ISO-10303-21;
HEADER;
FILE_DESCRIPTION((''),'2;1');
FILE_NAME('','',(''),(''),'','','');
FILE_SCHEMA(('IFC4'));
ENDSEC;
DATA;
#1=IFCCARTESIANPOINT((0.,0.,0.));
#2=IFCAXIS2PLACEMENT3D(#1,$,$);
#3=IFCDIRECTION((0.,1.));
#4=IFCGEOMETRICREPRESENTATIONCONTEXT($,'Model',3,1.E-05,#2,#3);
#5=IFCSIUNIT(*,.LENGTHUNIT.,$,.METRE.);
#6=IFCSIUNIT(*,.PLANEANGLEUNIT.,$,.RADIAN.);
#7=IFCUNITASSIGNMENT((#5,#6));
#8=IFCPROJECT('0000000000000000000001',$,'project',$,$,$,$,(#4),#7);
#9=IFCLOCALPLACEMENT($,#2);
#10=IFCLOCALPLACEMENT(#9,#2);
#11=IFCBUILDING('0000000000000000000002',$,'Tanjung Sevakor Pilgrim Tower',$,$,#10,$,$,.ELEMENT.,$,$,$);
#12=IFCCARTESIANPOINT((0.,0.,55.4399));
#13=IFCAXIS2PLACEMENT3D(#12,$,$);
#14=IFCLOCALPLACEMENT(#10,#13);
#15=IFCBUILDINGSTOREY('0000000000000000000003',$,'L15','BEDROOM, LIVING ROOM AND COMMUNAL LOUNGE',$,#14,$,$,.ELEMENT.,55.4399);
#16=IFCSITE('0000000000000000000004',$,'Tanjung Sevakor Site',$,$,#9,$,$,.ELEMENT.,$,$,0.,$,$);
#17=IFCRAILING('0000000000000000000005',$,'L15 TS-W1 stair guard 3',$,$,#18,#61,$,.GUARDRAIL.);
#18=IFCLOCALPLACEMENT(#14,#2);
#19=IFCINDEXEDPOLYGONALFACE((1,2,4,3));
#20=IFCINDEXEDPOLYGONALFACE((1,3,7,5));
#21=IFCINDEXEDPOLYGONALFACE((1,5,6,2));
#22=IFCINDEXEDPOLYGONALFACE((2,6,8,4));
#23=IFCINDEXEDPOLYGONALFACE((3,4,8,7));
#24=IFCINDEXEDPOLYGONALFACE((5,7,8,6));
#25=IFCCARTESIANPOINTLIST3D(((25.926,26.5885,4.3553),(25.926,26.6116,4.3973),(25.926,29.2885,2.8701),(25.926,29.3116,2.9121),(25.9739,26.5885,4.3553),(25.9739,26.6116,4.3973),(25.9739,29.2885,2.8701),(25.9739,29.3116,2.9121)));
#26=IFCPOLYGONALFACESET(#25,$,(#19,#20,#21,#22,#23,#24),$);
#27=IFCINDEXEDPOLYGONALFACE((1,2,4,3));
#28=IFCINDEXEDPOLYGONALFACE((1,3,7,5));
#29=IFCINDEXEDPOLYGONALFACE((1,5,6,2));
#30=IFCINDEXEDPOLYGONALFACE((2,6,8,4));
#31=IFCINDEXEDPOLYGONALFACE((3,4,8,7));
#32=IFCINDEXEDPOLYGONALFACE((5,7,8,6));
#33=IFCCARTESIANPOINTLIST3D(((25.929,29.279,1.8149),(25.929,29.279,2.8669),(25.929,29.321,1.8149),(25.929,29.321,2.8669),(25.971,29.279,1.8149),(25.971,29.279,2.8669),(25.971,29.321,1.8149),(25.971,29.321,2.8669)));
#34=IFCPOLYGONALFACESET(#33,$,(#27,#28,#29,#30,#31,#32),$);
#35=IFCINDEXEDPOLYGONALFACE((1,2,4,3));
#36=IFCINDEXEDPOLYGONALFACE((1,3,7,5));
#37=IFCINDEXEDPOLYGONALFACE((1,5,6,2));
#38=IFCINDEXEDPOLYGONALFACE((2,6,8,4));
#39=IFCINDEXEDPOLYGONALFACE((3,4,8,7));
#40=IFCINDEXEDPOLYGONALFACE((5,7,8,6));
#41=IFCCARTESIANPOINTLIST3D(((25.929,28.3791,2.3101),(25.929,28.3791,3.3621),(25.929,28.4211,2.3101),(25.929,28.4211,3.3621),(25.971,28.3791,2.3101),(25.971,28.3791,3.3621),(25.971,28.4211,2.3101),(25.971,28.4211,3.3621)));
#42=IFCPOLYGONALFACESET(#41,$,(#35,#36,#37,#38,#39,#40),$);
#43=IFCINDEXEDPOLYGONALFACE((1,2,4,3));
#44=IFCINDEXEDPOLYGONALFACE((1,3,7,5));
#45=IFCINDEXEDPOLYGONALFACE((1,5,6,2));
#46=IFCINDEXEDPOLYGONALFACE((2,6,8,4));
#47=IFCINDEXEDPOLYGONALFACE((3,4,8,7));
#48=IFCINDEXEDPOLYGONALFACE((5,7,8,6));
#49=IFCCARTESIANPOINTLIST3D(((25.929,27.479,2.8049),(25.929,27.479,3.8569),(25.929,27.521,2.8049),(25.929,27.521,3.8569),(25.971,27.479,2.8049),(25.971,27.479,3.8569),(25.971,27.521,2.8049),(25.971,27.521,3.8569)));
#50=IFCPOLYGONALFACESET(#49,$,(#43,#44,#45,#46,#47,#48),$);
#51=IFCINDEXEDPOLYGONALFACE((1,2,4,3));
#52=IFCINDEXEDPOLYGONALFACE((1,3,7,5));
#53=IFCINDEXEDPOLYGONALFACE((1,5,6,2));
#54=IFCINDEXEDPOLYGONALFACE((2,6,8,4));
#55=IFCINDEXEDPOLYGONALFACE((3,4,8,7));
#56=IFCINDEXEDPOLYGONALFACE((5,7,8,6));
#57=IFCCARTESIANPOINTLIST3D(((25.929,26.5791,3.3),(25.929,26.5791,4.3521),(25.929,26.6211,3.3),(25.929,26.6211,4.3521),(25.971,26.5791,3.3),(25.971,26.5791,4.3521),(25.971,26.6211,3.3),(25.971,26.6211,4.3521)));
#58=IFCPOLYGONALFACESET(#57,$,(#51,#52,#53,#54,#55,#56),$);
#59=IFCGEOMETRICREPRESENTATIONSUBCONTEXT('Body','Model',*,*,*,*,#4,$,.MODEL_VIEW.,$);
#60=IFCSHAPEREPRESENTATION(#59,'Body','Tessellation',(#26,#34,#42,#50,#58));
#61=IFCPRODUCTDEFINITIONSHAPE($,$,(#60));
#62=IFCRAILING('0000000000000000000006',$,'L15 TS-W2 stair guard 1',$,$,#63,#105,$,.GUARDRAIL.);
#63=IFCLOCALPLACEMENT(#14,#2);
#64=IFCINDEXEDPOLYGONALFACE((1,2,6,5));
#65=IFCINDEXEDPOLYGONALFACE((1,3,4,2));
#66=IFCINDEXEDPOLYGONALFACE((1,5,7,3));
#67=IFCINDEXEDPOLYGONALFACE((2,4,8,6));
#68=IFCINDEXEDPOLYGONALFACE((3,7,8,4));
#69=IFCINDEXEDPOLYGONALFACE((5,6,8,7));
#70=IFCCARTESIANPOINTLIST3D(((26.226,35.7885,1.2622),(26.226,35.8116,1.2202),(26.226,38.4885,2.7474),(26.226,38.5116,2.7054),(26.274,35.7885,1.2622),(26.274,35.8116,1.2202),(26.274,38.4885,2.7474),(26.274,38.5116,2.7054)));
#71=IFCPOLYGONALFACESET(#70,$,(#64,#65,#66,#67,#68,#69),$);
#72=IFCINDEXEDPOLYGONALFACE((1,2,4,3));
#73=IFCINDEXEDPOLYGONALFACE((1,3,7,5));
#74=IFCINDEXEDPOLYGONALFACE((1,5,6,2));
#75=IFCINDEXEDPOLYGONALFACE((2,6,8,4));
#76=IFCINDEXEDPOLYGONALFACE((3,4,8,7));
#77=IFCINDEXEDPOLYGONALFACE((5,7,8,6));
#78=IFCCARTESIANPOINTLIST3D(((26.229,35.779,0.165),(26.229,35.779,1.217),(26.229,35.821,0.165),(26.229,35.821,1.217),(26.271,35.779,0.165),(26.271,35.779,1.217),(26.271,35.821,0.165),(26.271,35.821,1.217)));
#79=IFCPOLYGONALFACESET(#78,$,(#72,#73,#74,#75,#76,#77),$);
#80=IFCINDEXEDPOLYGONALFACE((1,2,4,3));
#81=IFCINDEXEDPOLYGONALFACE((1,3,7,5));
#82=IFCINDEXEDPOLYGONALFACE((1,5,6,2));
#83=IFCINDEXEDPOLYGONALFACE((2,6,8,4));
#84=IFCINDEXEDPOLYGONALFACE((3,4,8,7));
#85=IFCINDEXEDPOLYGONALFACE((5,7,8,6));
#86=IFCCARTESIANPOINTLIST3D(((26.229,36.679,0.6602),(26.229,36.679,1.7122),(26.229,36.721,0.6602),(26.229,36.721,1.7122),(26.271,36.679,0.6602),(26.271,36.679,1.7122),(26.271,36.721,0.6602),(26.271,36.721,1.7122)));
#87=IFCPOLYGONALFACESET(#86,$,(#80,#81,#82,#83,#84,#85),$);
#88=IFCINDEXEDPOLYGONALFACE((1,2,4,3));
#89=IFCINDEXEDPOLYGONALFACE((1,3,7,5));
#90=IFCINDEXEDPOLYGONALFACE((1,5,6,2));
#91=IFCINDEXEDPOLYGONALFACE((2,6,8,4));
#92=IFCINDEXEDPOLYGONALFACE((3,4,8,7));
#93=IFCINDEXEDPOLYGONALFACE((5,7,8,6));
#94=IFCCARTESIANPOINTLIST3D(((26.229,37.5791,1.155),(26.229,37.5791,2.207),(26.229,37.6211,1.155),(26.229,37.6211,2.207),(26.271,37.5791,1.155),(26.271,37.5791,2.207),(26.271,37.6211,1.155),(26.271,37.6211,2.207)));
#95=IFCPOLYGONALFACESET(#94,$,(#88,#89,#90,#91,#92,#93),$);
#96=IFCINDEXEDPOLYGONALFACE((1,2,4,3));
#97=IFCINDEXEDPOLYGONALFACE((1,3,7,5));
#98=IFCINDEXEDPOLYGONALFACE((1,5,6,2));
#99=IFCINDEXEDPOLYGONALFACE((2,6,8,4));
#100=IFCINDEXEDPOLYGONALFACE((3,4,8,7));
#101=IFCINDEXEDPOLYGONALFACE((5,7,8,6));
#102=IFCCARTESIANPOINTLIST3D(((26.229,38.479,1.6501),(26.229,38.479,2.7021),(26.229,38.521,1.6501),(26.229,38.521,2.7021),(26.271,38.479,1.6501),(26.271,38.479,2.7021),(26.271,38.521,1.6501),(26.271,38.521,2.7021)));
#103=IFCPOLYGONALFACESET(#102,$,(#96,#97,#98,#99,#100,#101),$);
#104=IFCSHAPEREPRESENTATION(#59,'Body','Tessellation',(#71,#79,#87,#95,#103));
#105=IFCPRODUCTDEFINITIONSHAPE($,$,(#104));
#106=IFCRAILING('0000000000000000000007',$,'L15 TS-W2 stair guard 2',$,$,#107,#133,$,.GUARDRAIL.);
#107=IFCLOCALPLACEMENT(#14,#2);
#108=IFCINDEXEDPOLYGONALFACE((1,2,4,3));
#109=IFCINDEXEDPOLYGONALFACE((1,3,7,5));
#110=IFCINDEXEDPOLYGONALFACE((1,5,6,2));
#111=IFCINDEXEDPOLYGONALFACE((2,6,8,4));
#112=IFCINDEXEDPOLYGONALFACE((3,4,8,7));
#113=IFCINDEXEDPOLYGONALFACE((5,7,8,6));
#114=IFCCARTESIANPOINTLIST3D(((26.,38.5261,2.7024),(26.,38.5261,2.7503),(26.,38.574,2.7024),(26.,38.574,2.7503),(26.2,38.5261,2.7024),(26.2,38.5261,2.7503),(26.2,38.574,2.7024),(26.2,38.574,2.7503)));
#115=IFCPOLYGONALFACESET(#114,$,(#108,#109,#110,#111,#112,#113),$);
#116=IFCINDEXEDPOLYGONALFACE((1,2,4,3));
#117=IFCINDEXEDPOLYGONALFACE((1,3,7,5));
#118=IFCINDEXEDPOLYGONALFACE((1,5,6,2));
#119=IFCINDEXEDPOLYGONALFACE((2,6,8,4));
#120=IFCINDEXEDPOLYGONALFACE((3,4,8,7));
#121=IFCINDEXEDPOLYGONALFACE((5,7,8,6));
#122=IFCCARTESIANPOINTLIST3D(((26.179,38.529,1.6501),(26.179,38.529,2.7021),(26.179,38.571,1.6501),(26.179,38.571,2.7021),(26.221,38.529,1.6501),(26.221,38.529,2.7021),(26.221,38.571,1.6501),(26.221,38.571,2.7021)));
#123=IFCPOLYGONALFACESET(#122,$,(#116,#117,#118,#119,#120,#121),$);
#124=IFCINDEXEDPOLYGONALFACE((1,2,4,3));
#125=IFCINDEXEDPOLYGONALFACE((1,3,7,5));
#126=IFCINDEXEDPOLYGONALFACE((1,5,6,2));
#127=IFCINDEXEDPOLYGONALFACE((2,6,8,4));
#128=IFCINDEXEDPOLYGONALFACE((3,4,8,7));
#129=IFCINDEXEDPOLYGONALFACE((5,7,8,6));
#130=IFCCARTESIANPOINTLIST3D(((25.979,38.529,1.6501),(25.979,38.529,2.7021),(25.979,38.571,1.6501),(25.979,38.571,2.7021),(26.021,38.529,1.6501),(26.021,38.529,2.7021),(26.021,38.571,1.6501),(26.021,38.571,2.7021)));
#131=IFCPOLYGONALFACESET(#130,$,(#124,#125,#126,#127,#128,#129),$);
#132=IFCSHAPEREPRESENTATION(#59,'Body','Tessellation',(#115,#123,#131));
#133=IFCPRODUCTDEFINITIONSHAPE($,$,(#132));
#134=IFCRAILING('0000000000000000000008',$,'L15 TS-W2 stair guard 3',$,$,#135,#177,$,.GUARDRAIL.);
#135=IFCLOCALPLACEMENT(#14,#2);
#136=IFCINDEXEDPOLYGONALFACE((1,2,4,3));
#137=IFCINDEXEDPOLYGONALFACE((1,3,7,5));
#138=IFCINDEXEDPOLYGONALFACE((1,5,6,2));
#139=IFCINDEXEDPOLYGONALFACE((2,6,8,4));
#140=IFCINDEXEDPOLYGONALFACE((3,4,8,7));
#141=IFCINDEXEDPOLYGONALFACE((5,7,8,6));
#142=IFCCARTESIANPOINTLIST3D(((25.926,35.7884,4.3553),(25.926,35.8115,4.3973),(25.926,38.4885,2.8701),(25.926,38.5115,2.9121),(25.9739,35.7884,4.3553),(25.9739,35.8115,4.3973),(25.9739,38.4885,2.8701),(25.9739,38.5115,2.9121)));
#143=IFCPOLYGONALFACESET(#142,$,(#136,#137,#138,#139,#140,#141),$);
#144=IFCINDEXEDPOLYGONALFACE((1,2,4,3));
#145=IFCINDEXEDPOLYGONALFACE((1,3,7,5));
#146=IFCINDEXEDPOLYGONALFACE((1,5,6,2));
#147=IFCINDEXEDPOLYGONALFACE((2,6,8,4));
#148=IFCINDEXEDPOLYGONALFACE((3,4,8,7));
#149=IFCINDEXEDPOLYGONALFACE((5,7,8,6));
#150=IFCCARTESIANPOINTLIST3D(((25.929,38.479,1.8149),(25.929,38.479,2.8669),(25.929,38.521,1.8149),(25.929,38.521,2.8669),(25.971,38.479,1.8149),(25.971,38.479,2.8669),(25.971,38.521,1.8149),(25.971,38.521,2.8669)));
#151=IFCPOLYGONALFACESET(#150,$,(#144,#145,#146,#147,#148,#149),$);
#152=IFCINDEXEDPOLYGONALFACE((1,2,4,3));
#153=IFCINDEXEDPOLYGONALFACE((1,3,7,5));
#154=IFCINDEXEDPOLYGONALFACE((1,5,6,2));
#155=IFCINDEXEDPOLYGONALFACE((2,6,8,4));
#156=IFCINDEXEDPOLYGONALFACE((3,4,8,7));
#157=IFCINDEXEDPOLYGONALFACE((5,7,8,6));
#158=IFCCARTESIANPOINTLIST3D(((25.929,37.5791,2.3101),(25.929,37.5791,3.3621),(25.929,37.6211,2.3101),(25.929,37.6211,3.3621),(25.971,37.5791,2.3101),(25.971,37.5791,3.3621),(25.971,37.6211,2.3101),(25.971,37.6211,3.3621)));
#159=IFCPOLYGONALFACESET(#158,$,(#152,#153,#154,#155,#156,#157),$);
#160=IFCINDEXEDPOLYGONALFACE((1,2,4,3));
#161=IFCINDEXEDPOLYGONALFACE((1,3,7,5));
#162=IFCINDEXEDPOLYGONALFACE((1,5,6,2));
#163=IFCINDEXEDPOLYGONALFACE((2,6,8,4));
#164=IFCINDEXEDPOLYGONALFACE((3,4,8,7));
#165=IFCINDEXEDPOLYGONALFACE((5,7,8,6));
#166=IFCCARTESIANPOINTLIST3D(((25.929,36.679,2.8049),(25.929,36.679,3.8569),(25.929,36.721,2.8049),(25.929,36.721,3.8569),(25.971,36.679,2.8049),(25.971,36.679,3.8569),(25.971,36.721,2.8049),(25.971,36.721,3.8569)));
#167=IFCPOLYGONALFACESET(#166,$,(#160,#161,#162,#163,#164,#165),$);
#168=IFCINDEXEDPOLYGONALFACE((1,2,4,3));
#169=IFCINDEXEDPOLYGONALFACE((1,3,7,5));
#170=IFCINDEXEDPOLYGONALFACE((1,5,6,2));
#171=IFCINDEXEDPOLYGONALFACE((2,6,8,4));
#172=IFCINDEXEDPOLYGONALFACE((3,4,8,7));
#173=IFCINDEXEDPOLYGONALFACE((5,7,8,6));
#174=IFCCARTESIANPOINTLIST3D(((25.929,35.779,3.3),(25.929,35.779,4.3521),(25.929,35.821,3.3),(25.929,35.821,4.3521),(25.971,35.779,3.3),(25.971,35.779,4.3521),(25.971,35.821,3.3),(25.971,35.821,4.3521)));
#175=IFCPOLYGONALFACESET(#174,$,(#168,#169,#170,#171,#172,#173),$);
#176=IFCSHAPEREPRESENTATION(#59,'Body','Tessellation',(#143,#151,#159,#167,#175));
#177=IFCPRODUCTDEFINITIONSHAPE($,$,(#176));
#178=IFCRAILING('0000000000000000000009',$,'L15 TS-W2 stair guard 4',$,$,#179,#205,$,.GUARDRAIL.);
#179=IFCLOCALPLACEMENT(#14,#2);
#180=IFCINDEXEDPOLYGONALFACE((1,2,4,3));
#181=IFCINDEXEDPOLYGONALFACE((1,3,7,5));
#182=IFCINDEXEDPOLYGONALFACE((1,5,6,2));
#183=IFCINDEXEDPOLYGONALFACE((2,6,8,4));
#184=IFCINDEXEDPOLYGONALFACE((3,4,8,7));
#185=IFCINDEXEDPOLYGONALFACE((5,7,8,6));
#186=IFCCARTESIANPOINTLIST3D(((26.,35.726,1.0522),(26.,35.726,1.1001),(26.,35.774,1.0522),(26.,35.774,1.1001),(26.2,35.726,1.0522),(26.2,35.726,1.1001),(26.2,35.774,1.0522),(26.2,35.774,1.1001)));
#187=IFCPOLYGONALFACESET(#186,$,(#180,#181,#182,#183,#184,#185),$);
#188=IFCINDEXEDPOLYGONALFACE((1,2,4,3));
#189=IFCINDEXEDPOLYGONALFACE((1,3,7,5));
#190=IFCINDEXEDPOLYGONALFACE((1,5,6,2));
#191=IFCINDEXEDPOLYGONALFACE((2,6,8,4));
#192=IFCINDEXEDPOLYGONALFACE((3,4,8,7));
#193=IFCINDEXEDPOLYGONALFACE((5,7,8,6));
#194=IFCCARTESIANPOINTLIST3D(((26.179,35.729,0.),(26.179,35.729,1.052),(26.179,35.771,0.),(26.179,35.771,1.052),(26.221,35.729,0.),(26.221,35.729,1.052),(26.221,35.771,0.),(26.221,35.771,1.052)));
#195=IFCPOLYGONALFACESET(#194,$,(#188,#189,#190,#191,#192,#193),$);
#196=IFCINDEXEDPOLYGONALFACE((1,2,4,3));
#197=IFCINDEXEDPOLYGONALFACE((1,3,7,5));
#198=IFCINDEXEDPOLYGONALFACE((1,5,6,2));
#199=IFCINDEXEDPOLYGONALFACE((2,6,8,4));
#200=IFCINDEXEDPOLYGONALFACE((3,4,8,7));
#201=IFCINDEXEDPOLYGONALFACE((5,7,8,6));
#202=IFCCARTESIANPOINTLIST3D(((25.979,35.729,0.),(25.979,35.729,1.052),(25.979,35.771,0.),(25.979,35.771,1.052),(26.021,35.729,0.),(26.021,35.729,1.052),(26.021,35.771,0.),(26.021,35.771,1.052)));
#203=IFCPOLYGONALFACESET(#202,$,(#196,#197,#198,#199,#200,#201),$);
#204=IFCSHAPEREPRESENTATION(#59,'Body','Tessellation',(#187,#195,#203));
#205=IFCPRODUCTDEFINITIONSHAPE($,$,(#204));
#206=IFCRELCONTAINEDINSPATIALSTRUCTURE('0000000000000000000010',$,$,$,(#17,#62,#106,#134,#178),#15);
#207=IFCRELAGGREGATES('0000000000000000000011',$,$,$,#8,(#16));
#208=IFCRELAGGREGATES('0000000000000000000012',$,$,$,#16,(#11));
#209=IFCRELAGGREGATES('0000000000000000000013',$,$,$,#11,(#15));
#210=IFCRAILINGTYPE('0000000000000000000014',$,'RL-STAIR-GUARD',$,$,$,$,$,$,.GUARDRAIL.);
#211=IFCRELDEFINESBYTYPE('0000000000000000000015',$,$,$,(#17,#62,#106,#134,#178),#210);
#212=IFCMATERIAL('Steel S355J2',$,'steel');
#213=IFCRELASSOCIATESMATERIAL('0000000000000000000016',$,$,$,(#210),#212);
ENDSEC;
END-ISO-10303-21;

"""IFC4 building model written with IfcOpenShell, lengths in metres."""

from ifc_helpers import new_model, si_unit, direction, frame, origin, place, context, subcontext, project, spatial, rectangle, extrude, material, type_object, element, save


model = new_model("IFC4")

# Units and contexts
model_context = context("Model", 3, precision=1e-05, world=origin(), true_north=direction((0.0, 1.0)))
body_context = subcontext(model_context, "Body", "Model", "MODEL_VIEW")
ifc_project = project(units=[si_unit("LENGTHUNIT", "METRE"), si_unit("PLANEANGLEUNIT", "RADIAN")], contexts=[model_context])

# Site, building, storey
site_placement = place(None, origin())
site = spatial("IfcSite", under=ifc_project, at=site_placement, Name="Tanjung Sevakor Site", CompositionType="ELEMENT", RefElevation=0.0)
building_placement = place(site_placement, origin())
building = spatial("IfcBuilding", under=site, at=building_placement, Name="Tanjung Sevakor Pilgrim Tower", CompositionType="ELEMENT")
storey_placement = place(building_placement, frame((0.0, 0.0, 55.4399)))
storey = spatial("IfcBuildingStorey", under=building, at=storey_placement, Name="L15", Description="BEDROOM, LIVING ROOM AND COMMUNAL LOUNGE", CompositionType="ELEMENT", Elevation=55.4399)

# Railings
ifc_material_1 = material(Name="Steel S355J2", Category="steel")
railing_type_1 = type_object("IfcRailingType", Name="RL-STAIR-GUARD", PredefinedType="GUARDRAIL", material=ifc_material_1)
railing_1_placement = place(storey_placement, frame((25.95, 29.3, 1.8149)))
element("IfcRailing", 1, at=railing_1_placement, inside=storey, type_object=railing_type_1, Name="L15 TS-W1 stair guard 3", PredefinedType="GUARDRAIL", context=body_context, shape_type="SweptSolid", body=[
    extrude(rectangle(XDim=0.0479, YDim=0.0479), frame((0.0, 0.0, 1.0762), z_axis=(0.0, -0.876198, 0.481952), x_axis=(1.0, 0.0, 0.0)), (0.0, 0.0, 1.0), 3.0815),
    extrude(rectangle(XDim=0.042, YDim=0.042), origin(), (0.0, 0.0, 1.0), 1.052),
    extrude(rectangle(XDim=0.042, YDim=0.042), frame((0.0, -0.8999, 0.4951)), (0.0, 0.0, 1.0), 1.052),
    extrude(rectangle(XDim=0.042, YDim=0.042), frame((0.0, -1.8, 0.99)), (0.0, 0.0, 1.0), 1.052),
    extrude(rectangle(XDim=0.042, YDim=0.042), frame((0.0, -2.7, 1.4851)), (0.0, 0.0, 1.0), 1.052),
])
railing_2_placement = place(storey_placement, frame((26.25, 35.8, 0.165)))
element("IfcRailing", 2, at=railing_2_placement, inside=storey, type_object=railing_type_1, Name="L15 TS-W2 stair guard 1", PredefinedType="GUARDRAIL", context=body_context, shape_type="SweptSolid", body=[
    extrude(rectangle(XDim=0.0479, YDim=0.0479), frame((0.0, 0.0, 1.0762), z_axis=(0.0, 0.876198, 0.481952), x_axis=(-1.0, 0.0, 0.0)), (0.0, 0.0, 1.0), 3.0815),
    extrude(rectangle(XDim=0.042, YDim=0.042), origin(), (0.0, 0.0, 1.0), 1.052),
    extrude(rectangle(XDim=0.042, YDim=0.042), frame((0.0, 0.8999, 0.4951)), (0.0, 0.0, 1.0), 1.052),
    extrude(rectangle(XDim=0.042, YDim=0.042), frame((0.0, 1.8, 0.99)), (0.0, 0.0, 1.0), 1.052),
    extrude(rectangle(XDim=0.042, YDim=0.042), frame((0.0, 2.7, 1.4851)), (0.0, 0.0, 1.0), 1.052),
])
railing_3_placement = place(storey_placement, frame((26.2, 38.55, 1.6501)))
element("IfcRailing", 3, at=railing_3_placement, inside=storey, type_object=railing_type_1, Name="L15 TS-W2 stair guard 2", PredefinedType="GUARDRAIL", context=body_context, shape_type="SweptSolid", body=[
    extrude(rectangle(XDim=0.0479, YDim=0.0479), frame((0.0, 0.0, 1.0762), z_axis=(-1.0, 0.0, 0.0), x_axis=(0.0, -1.0, 0.0)), (0.0, 0.0, 1.0), 0.2),
    extrude(rectangle(XDim=0.042, YDim=0.042), origin(), (0.0, 0.0, 1.0), 1.052),
    extrude(rectangle(XDim=0.042, YDim=0.042), frame((-0.2, 0.0, 0.0)), (0.0, 0.0, 1.0), 1.052),
])
railing_4_placement = place(storey_placement, frame((25.95, 38.5, 1.8149)))
element("IfcRailing", 4, at=railing_4_placement, inside=storey, type_object=railing_type_1, Name="L15 TS-W2 stair guard 3", PredefinedType="GUARDRAIL", context=body_context, shape_type="SweptSolid", body=[
    extrude(rectangle(XDim=0.0479, YDim=0.0479), frame((0.0, 0.0, 1.0762), z_axis=(0.0, -0.876198, 0.481952), x_axis=(1.0, 0.0, 0.0)), (0.0, 0.0, 1.0), 3.0815),
    extrude(rectangle(XDim=0.042, YDim=0.042), origin(), (0.0, 0.0, 1.0), 1.052),
    extrude(rectangle(XDim=0.042, YDim=0.042), frame((0.0, -0.8999, 0.4951)), (0.0, 0.0, 1.0), 1.052),
    extrude(rectangle(XDim=0.042, YDim=0.042), frame((0.0, -1.8, 0.99)), (0.0, 0.0, 1.0), 1.052),
    extrude(rectangle(XDim=0.042, YDim=0.042), frame((0.0, -2.7, 1.4851)), (0.0, 0.0, 1.0), 1.052),
])
railing_5_placement = place(storey_placement, frame((26.2, 35.75, 0.0)))
element("IfcRailing", 5, at=railing_5_placement, inside=storey, type_object=railing_type_1, Name="L15 TS-W2 stair guard 4", PredefinedType="GUARDRAIL", context=body_context, shape_type="SweptSolid", body=[
    extrude(rectangle(XDim=0.0479, YDim=0.0479), frame((0.0, 0.0, 1.0762), z_axis=(-1.0, 0.0, 0.0), x_axis=(0.0, -1.0, 0.0)), (0.0, 0.0, 1.0), 0.2),
    extrude(rectangle(XDim=0.042, YDim=0.042), origin(), (0.0, 0.0, 1.0), 1.052),
    extrude(rectangle(XDim=0.042, YDim=0.042), frame((-0.2, 0.0, 0.0)), (0.0, 0.0, 1.0), 1.052),
])

save(model, "model.ifc")
